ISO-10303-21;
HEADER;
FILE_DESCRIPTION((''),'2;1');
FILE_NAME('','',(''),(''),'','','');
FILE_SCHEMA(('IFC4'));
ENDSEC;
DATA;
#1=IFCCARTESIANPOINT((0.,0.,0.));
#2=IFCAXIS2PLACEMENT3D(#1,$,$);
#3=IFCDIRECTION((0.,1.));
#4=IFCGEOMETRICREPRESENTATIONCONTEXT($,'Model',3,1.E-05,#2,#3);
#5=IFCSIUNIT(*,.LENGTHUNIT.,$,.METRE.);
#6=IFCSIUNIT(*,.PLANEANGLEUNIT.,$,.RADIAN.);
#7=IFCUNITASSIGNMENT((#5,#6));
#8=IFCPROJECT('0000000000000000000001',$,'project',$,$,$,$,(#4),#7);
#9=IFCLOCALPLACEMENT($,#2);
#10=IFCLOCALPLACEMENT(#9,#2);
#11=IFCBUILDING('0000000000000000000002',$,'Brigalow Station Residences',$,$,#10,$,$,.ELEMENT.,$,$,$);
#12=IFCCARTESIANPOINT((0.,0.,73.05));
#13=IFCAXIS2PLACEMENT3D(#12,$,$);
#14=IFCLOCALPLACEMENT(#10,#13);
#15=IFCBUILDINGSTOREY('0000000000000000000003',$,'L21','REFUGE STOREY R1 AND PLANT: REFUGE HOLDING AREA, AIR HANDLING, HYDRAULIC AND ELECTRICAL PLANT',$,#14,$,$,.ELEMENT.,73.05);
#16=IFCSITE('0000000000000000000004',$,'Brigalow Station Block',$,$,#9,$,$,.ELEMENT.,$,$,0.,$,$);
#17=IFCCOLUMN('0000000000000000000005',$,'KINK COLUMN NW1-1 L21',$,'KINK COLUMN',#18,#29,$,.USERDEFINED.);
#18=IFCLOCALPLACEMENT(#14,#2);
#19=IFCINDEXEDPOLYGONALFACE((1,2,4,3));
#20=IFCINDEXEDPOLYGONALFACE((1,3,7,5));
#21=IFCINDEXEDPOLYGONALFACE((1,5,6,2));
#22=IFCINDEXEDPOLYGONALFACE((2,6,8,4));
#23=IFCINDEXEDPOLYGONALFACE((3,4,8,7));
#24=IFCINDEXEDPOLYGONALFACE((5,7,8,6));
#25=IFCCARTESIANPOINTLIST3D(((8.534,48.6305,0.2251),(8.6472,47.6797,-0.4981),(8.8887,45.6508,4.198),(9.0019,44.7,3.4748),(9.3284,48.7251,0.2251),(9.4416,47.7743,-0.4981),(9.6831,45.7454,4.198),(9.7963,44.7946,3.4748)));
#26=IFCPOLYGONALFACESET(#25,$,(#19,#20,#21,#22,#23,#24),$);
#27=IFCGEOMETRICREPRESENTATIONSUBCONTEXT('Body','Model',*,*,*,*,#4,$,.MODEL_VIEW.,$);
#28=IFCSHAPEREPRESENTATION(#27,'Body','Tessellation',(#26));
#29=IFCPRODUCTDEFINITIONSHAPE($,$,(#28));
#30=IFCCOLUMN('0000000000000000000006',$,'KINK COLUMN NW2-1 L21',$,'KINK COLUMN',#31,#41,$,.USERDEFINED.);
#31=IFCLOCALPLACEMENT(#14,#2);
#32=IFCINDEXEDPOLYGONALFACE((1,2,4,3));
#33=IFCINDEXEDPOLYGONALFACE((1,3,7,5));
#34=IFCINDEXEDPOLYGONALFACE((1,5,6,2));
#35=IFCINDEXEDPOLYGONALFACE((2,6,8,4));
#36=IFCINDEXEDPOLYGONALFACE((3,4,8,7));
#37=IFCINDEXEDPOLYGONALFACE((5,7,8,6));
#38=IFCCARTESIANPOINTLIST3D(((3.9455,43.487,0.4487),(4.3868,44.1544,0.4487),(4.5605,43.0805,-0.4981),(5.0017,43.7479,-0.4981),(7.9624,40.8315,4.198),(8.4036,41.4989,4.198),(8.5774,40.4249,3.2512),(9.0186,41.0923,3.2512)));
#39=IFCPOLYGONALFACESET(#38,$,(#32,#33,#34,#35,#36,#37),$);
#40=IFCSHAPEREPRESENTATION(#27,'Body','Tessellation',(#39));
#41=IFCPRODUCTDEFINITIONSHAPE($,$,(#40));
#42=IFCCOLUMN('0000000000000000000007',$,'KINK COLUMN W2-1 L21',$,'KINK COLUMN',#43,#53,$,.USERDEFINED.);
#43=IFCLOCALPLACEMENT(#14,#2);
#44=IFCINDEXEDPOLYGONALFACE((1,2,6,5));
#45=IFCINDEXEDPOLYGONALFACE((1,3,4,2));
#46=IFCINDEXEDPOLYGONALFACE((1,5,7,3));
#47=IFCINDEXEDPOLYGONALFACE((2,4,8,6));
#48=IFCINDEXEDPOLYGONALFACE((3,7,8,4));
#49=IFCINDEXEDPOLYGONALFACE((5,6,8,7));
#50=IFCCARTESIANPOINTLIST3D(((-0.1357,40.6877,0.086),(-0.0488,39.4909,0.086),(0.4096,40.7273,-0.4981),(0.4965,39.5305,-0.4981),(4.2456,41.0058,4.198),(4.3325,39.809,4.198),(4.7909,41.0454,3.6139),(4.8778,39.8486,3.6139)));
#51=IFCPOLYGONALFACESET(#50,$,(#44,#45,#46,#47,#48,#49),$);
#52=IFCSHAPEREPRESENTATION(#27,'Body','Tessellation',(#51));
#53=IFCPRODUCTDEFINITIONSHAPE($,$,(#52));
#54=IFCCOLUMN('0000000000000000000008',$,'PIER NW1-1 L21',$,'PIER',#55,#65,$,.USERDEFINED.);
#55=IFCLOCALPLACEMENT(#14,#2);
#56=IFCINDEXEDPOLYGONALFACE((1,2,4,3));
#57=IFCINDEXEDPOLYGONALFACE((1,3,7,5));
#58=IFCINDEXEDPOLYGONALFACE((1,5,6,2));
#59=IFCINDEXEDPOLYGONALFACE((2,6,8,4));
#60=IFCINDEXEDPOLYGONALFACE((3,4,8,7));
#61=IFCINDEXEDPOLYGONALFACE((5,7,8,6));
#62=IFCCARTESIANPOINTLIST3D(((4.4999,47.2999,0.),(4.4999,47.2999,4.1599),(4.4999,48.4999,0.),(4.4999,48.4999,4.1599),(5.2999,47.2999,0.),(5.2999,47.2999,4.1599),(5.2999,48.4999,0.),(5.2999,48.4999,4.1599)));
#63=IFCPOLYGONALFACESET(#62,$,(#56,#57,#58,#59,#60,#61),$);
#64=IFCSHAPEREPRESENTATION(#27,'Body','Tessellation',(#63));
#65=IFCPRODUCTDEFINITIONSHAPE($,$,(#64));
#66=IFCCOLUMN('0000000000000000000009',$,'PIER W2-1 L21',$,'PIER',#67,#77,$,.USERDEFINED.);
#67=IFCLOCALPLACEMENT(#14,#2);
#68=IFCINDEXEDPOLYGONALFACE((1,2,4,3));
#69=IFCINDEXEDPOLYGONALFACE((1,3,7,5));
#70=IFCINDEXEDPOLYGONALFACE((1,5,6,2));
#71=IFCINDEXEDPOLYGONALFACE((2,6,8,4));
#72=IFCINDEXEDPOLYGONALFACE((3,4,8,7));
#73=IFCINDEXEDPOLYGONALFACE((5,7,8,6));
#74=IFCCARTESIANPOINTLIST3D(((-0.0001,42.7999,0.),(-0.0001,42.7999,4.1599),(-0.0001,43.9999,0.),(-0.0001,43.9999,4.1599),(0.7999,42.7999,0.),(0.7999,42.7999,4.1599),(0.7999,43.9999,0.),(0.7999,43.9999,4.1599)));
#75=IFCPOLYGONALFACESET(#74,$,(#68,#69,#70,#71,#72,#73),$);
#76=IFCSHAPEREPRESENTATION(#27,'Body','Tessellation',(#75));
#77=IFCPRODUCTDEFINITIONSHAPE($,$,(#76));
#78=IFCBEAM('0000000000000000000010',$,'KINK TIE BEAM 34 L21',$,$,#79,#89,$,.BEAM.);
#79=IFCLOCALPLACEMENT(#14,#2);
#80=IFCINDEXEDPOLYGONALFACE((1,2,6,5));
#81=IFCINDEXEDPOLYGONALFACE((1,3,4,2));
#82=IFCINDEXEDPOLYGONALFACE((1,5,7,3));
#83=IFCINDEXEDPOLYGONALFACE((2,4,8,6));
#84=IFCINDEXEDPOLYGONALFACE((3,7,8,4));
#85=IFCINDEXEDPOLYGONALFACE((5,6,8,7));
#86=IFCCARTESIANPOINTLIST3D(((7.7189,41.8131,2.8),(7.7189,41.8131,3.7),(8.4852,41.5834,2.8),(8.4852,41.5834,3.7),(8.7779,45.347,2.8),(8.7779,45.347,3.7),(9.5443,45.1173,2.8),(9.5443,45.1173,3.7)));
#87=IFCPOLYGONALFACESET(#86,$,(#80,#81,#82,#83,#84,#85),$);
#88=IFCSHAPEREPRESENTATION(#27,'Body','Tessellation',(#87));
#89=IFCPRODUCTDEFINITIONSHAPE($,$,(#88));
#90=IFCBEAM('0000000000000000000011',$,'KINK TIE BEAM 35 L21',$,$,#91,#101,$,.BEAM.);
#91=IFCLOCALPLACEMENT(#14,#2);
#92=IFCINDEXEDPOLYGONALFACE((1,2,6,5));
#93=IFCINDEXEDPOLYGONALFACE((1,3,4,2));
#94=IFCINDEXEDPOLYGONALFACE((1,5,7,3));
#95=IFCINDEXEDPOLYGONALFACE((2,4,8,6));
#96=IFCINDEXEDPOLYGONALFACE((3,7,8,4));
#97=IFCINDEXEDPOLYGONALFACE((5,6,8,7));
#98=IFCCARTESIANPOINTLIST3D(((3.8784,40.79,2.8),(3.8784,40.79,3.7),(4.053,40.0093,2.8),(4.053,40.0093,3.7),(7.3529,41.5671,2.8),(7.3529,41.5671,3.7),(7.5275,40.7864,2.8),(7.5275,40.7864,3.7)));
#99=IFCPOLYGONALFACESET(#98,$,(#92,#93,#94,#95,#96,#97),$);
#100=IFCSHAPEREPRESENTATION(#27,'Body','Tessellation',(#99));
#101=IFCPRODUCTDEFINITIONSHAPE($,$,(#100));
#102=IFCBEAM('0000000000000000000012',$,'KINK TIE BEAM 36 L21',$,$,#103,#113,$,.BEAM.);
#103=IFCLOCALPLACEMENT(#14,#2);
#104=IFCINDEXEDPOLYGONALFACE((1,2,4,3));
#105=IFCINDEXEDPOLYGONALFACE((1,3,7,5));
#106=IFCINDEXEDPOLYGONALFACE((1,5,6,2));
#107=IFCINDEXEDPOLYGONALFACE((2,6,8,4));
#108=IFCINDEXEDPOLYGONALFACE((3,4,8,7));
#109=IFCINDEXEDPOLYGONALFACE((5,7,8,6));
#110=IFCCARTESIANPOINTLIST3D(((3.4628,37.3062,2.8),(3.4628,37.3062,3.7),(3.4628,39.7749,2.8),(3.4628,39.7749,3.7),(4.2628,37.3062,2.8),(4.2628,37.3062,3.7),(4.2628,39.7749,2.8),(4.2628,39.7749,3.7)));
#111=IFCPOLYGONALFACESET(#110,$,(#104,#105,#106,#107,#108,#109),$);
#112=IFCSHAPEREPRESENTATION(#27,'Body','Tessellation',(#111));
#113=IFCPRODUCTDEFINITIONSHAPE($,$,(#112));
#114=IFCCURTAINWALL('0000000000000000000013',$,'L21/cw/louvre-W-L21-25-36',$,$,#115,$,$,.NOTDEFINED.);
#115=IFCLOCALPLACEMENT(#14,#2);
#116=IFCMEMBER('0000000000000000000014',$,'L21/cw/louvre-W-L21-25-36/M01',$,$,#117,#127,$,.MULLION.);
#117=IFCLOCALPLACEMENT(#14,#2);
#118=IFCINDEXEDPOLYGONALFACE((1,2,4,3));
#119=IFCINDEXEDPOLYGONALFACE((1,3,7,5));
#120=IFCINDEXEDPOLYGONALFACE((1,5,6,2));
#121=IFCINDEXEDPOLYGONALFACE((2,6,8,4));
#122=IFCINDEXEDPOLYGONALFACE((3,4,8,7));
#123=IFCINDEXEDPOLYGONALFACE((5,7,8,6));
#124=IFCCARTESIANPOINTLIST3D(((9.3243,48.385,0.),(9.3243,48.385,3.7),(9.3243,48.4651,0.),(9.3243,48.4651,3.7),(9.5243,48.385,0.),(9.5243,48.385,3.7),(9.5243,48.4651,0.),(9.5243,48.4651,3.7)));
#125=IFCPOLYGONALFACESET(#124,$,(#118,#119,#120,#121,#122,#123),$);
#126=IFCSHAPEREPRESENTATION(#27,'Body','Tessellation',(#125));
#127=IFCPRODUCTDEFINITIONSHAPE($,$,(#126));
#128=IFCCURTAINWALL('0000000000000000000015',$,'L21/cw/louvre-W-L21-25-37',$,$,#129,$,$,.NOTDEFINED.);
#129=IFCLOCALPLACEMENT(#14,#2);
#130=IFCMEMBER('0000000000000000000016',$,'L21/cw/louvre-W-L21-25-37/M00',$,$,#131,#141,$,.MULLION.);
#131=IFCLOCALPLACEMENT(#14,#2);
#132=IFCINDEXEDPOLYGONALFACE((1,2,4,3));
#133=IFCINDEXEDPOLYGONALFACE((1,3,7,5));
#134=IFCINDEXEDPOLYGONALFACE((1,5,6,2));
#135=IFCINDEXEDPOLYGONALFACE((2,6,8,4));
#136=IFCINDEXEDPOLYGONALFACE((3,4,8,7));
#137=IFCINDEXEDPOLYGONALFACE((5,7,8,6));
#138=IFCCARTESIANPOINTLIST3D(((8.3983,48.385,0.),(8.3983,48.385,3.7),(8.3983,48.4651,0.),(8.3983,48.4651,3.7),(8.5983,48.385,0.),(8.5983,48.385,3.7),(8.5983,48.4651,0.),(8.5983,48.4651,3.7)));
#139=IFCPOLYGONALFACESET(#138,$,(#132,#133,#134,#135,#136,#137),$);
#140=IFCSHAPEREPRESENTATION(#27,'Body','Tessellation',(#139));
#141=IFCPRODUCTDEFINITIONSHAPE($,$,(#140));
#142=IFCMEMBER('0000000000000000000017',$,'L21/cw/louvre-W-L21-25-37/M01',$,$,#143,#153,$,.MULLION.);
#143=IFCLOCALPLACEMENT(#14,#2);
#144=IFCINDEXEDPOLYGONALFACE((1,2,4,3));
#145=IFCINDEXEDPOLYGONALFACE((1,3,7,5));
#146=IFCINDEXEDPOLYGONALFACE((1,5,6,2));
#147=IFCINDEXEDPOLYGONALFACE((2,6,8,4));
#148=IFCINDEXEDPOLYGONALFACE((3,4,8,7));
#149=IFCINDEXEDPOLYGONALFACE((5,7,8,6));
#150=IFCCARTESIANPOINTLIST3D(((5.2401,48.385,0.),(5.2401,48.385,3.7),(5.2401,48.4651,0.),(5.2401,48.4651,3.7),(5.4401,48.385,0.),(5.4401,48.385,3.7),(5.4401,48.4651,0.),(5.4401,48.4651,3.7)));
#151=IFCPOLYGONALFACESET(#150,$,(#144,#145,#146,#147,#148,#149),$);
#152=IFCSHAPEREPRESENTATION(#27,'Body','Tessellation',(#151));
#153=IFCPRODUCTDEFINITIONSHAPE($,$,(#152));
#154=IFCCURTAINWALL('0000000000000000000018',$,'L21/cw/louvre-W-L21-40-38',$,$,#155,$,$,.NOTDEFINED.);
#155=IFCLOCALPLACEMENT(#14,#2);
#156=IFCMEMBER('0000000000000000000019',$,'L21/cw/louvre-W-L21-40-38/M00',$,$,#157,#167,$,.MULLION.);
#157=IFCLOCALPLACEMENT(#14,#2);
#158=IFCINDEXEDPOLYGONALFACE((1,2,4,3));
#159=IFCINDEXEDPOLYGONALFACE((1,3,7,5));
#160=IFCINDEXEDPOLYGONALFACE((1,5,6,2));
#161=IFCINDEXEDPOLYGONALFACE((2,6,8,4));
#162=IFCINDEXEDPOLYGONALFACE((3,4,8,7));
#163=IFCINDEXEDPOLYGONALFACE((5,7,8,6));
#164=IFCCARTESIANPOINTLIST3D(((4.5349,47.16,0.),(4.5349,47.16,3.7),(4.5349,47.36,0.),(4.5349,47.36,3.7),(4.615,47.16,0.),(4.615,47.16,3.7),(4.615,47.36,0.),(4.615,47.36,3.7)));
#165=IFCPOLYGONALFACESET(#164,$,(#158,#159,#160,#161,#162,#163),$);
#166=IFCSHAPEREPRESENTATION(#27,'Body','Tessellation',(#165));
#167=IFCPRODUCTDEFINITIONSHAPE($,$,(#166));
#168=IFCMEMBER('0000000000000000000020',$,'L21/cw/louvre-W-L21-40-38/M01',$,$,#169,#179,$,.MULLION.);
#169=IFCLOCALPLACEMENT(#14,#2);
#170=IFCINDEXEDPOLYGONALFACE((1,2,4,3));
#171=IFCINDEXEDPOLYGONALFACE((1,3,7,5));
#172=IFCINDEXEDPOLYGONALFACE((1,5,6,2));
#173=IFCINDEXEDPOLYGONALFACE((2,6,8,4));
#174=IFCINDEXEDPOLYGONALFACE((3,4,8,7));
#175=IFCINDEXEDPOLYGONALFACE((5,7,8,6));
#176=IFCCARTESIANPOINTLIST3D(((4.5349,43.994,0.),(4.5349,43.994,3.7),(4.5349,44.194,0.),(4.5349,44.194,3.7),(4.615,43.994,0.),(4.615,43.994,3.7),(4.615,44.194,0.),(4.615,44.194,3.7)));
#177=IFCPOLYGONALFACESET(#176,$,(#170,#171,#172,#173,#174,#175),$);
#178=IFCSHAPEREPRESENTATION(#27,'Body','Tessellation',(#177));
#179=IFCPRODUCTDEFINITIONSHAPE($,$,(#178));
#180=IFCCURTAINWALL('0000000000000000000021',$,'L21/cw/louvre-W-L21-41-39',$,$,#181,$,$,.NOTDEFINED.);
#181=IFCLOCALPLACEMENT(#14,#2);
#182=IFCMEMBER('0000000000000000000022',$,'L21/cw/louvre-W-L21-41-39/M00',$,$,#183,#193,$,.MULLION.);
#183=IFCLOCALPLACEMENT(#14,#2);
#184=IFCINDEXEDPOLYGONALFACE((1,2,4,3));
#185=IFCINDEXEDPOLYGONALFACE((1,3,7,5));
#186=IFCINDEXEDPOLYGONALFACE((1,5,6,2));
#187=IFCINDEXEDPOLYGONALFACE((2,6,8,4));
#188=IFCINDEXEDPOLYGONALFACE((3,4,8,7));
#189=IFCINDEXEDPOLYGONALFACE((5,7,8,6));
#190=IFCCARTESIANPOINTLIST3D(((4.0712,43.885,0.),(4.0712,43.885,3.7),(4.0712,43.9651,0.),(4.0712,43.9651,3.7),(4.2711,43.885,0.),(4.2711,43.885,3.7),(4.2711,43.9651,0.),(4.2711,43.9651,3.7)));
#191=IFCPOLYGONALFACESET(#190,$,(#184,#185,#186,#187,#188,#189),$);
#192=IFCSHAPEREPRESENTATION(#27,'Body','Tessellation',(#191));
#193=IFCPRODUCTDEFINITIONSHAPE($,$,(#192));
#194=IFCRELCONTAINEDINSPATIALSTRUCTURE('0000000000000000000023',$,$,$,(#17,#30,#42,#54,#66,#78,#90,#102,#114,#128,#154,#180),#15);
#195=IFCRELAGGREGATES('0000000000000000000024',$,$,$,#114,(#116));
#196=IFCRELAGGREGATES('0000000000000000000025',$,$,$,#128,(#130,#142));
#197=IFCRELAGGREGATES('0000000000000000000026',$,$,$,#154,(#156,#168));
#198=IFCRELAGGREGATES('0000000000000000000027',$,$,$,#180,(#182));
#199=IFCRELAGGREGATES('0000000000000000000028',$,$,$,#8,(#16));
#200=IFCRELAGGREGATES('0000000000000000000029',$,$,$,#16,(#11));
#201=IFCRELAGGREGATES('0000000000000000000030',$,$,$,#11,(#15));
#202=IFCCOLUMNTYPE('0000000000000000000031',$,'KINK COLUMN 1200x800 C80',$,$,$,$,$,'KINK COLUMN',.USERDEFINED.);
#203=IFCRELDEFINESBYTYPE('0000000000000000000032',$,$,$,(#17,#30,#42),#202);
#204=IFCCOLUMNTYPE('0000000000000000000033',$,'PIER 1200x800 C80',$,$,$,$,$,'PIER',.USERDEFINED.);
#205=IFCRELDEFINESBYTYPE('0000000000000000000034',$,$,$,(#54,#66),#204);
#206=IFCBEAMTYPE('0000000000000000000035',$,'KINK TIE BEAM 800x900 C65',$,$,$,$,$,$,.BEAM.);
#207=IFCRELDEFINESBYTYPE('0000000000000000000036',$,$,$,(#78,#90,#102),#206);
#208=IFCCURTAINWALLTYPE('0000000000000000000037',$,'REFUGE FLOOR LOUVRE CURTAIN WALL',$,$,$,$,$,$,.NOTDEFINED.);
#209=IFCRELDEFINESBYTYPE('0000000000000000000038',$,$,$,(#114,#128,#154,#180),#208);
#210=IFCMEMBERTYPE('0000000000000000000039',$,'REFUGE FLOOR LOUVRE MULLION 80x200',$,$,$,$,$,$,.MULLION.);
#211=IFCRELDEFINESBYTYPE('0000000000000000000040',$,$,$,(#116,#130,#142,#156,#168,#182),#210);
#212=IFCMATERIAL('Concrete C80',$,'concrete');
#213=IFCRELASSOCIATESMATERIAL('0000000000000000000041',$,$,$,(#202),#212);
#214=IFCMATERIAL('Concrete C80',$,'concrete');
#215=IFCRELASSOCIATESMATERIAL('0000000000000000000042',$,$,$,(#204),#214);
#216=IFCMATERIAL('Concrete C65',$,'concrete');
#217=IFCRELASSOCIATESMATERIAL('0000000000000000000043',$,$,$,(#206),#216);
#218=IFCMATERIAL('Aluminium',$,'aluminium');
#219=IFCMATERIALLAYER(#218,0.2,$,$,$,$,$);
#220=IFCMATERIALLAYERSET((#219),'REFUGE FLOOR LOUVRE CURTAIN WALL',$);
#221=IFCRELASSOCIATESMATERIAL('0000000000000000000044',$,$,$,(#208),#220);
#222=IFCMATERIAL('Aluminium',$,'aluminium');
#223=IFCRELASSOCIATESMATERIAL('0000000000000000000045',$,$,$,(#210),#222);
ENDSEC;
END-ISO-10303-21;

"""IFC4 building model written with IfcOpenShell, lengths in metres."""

from ifc_helpers import new_model, si_unit, direction, frame, origin, origin_2d, place, context, subcontext, project, spatial, rectangle, extrude, material, layer, layer_set, material_profile, profile_set, type_object, element, aggregate, save


model = new_model("IFC4")

# Units and contexts
model_context = context("Model", 3, precision=1e-05, world=origin(), true_north=direction((0.0, 1.0)))
body_context = subcontext(model_context, "Body", "Model", "MODEL_VIEW")
ifc_project = project(units=[si_unit("LENGTHUNIT", "METRE"), si_unit("PLANEANGLEUNIT", "RADIAN")], contexts=[model_context])

# Site, building, storey
site_placement = place(None, origin())
site = spatial("IfcSite", under=ifc_project, at=site_placement, Name="Brigalow Station Block", CompositionType="ELEMENT", RefElevation=0.0)
building_placement = place(site_placement, origin())
building = spatial("IfcBuilding", under=site, at=building_placement, Name="Brigalow Station Residences", CompositionType="ELEMENT")
storey_placement = place(building_placement, frame((0.0, 0.0, 73.05)))
storey = spatial("IfcBuildingStorey", under=building, at=storey_placement, Name="L21", Description="REFUGE STOREY R1 AND PLANT: REFUGE HOLDING AREA, AIR HANDLING, HYDRAULIC AND ELECTRICAL PLANT", CompositionType="ELEMENT", Elevation=73.05)

# Columns
ifc_material_1 = material(Name="Concrete C80", Category="concrete")
ifc_material_profile_1 = material_profile(ifc_material_1, rectangle(XDim=1.2, YDim=0.8, at=origin_2d()), Name="RC1200x800")
ifc_profile_set_1 = profile_set([ifc_material_profile_1], Name="Concrete C80")
column_type_1 = type_object("IfcColumnType", Name="KINK COLUMN 1200x800 C80", ElementType="KINK COLUMN", PredefinedType="USERDEFINED", material=ifc_profile_set_1)
column_1_placement = place(storey_placement, frame((8.9878, 48.2024, -0.1365), z_axis=(0.071249, -0.598483, 0.797961), x_axis=(-0.094331, 0.792366, 0.602709)))
element("IfcColumn", 1, at=column_1_placement, inside=storey, type_object=column_type_1, Name="KINK COLUMN NW1-1 L21", ObjectType="KINK COLUMN", PredefinedType="USERDEFINED", context=body_context, shape_type="SweptSolid", body=[
    extrude(rectangle(XDim=1.2, YDim=0.8, at=origin_2d()), origin(), (0.0, 0.0, 1.0), 4.9788),
])
column_2_placement = place(storey_placement, frame((4.4736, 43.6174, -0.0247), z_axis=(0.6582, -0.435133, 0.614355), x_axis=(-0.512488, 0.338803, 0.78903)))
element("IfcColumn", 2, at=column_2_placement, inside=storey, type_object=column_type_1, Name="KINK COLUMN NW2-1 L21", ObjectType="KINK COLUMN", PredefinedType="USERDEFINED", context=body_context, shape_type="SweptSolid", body=[
    extrude(rectangle(XDim=1.2, YDim=0.8, at=origin_2d()), origin(), (0.0, 0.0, 1.0), 6.1028),
])
column_3_placement = place(storey_placement, frame((0.1804, 40.1091, -0.2061), z_axis=(0.72814, 0.052868, 0.683387), x_axis=(-0.072416, 0.997375, 0.0)))
element("IfcColumn", 3, at=column_3_placement, inside=storey, type_object=column_type_1, Name="KINK COLUMN W2-1 L21", ObjectType="KINK COLUMN", PredefinedType="USERDEFINED", context=body_context, shape_type="SweptSolid", body=[
    extrude(rectangle(XDim=1.2, YDim=0.8, at=origin_2d()), origin(), (0.0, 0.0, 1.0), 6.0171),
])
ifc_material_2 = material(Name="Concrete C80", Category="concrete")
ifc_material_profile_2 = material_profile(ifc_material_2, rectangle(XDim=1.2, YDim=0.8, at=origin_2d()), Name="RC1200x800")
ifc_profile_set_2 = profile_set([ifc_material_profile_2], Name="Concrete C80")
column_type_2 = type_object("IfcColumnType", Name="PIER 1200x800 C80", ElementType="PIER", PredefinedType="USERDEFINED", material=ifc_profile_set_2)
for number, where, z_axis, x_axis, name in (
    (4, (4.8999, 47.8999, 0.0), (0.0, 0.0, 1.0), (0.0, -1.0, 0.0), "PIER NW1-1 L21"),
    (5, (0.3999, 43.3999, 0.0), (0.0, 0.0, 1.0), (0.0, -1.0, 0.0), "PIER W2-1 L21"),
):
    element("IfcColumn", number, at=place(storey_placement, frame(where, z_axis=z_axis, x_axis=x_axis)), inside=storey, type_object=column_type_2, Name=name, ObjectType="PIER", PredefinedType="USERDEFINED", context=body_context, shape_type="SweptSolid", body=[
        extrude(rectangle(XDim=1.2, YDim=0.8, at=origin_2d()), origin(), (0.0, 0.0, 1.0), 4.1599),
    ])

# Beams
ifc_material_3 = material(Name="Concrete C65", Category="concrete")
ifc_material_profile_3 = material_profile(ifc_material_3, rectangle(XDim=0.8, YDim=0.8999, at=origin_2d()), Name="RC800x900")
ifc_profile_set_3 = profile_set([ifc_material_profile_3], Name="Concrete C65")
beam_type = type_object("IfcBeamType", Name="KINK TIE BEAM 800x900 C65", PredefinedType="BEAM", material=ifc_profile_set_3)
beam_1_placement = place(storey_placement, frame((9.1611, 45.2322, 3.25), z_axis=(-0.287075, -0.957908, 0.0), x_axis=(0.957908, -0.287075, 0.0)))
element("IfcBeam", 6, at=beam_1_placement, inside=storey, type_object=beam_type, Name="KINK TIE BEAM 34 L21", PredefinedType="BEAM", context=body_context, shape_type="SweptSolid", body=[
    extrude(rectangle(XDim=0.8, YDim=0.8999, at=origin_2d()), origin(), (0.0, 0.0, 1.0), 3.6892),
])
beam_2_placement = place(storey_placement, frame((7.4402, 41.1768, 3.25), z_axis=(-0.975888, -0.218274, 0.0), x_axis=(0.218274, -0.975888, 0.0)))
element("IfcBeam", 7, at=beam_2_placement, inside=storey, type_object=beam_type, Name="KINK TIE BEAM 35 L21", PredefinedType="BEAM", context=body_context, shape_type="SweptSolid", body=[
    extrude(rectangle(XDim=0.8, YDim=0.8999, at=origin_2d()), origin(), (0.0, 0.0, 1.0), 3.5603),
])
beam_3_placement = place(storey_placement, frame((3.8628, 39.7749, 3.25), z_axis=(0.0, -1.0, 0.0), x_axis=(1.0, 0.0, 0.0)))
element("IfcBeam", 8, at=beam_3_placement, inside=storey, type_object=beam_type, Name="KINK TIE BEAM 36 L21", PredefinedType="BEAM", context=body_context, shape_type="SweptSolid", body=[
    extrude(rectangle(XDim=0.8, YDim=0.8999, at=origin_2d()), origin(), (0.0, 0.0, 1.0), 2.4688),
])

# Curtain wall, member
ifc_material_4 = material(Name="Aluminium", Category="aluminium")
ifc_layer_1 = layer(ifc_material_4, 0.2)
ifc_layer_set_1 = layer_set([ifc_layer_1], Name="REFUGE FLOOR LOUVRE CURTAIN WALL")
curtain_wall_type = type_object("IfcCurtainWallType", Name="REFUGE FLOOR LOUVRE CURTAIN WALL", PredefinedType="NOTDEFINED", material=ifc_layer_set_1)
curtain_wall_1_placement = place(storey_placement, origin())
curtain_wall_1 = element("IfcCurtainWall", 9, at=curtain_wall_1_placement, inside=storey, type_object=curtain_wall_type, Name="L21/cw/louvre-W-L21-25-36", PredefinedType="NOTDEFINED")
ifc_material_5 = material(Name="Aluminium", Category="aluminium")
ifc_material_profile_4 = material_profile(ifc_material_5, rectangle(XDim=0.0801, YDim=0.2, at=origin_2d()), Name="REFUGE FLOOR LOUVRE MULLION 80x200")
ifc_profile_set_4 = profile_set([ifc_material_profile_4], Name="Aluminium")
member_type_1 = type_object("IfcMemberType", Name="REFUGE FLOOR LOUVRE MULLION 80x200", PredefinedType="MULLION", material=ifc_profile_set_4)
member_1_placement = place(storey_placement, frame((9.4243, 48.425, 0.0), z_axis=(0.0, 0.0, 1.0), x_axis=(0.0, -1.0, 0.0)))
member_1 = element("IfcMember", 10, at=member_1_placement, type_object=member_type_1, Name="L21/cw/louvre-W-L21-25-36/M01", PredefinedType="MULLION", context=body_context, shape_type="SweptSolid", body=[
    extrude(rectangle(XDim=0.0801, YDim=0.2, at=origin_2d()), origin(), (0.0, 0.0, 1.0), 3.7),
])

# Curtain walls, members
curtain_wall_2_placement = place(storey_placement, origin())
curtain_wall_2 = element("IfcCurtainWall", 11, at=curtain_wall_2_placement, inside=storey, type_object=curtain_wall_type, Name="L21/cw/louvre-W-L21-25-37", PredefinedType="NOTDEFINED")
member_2_placement = place(storey_placement, frame((8.4983, 48.425, 0.0), z_axis=(0.0, 0.0, 1.0), x_axis=(0.0, -1.0, 0.0)))
member_2 = element("IfcMember", 12, at=member_2_placement, type_object=member_type_1, Name="L21/cw/louvre-W-L21-25-37/M00", PredefinedType="MULLION", context=body_context, shape_type="SweptSolid", body=[
    extrude(rectangle(XDim=0.0801, YDim=0.2, at=origin_2d()), origin(), (0.0, 0.0, 1.0), 3.7),
])
member_3_placement = place(storey_placement, frame((5.3401, 48.425, 0.0), z_axis=(0.0, 0.0, 1.0), x_axis=(0.0, -1.0, 0.0)))
member_3 = element("IfcMember", 13, at=member_3_placement, type_object=member_type_1, Name="L21/cw/louvre-W-L21-25-37/M01", PredefinedType="MULLION", context=body_context, shape_type="SweptSolid", body=[
    extrude(rectangle(XDim=0.0801, YDim=0.2, at=origin_2d()), origin(), (0.0, 0.0, 1.0), 3.7),
])
curtain_wall_3_placement = place(storey_placement, origin())
curtain_wall_3 = element("IfcCurtainWall", 14, at=curtain_wall_3_placement, inside=storey, type_object=curtain_wall_type, Name="L21/cw/louvre-W-L21-40-38", PredefinedType="NOTDEFINED")
member_4_placement = place(storey_placement, frame((4.575, 47.26, 0.0), z_axis=(0.0, 0.0, 1.0), x_axis=(1.0, 0.0, 0.0)))
member_4 = element("IfcMember", 15, at=member_4_placement, type_object=member_type_1, Name="L21/cw/louvre-W-L21-40-38/M00", PredefinedType="MULLION", context=body_context, shape_type="SweptSolid", body=[
    extrude(rectangle(XDim=0.0801, YDim=0.2, at=origin_2d()), origin(), (0.0, 0.0, 1.0), 3.7),
])
member_5_placement = place(storey_placement, frame((4.575, 44.094, 0.0), z_axis=(0.0, 0.0, 1.0), x_axis=(1.0, 0.0, 0.0)))
member_5 = element("IfcMember", 16, at=member_5_placement, type_object=member_type_1, Name="L21/cw/louvre-W-L21-40-38/M01", PredefinedType="MULLION", context=body_context, shape_type="SweptSolid", body=[
    extrude(rectangle(XDim=0.0801, YDim=0.2, at=origin_2d()), origin(), (0.0, 0.0, 1.0), 3.7),
])
curtain_wall_4_placement = place(storey_placement, origin())
curtain_wall_4 = element("IfcCurtainWall", 17, at=curtain_wall_4_placement, inside=storey, type_object=curtain_wall_type, Name="L21/cw/louvre-W-L21-41-39", PredefinedType="NOTDEFINED")
member_6_placement = place(storey_placement, frame((4.1711, 43.925, 0.0), z_axis=(0.0, 0.0, 1.0), x_axis=(0.0, -1.0, 0.0)))
member_6 = element("IfcMember", 18, at=member_6_placement, type_object=member_type_1, Name="L21/cw/louvre-W-L21-41-39/M00", PredefinedType="MULLION", context=body_context, shape_type="SweptSolid", body=[
    extrude(rectangle(XDim=0.0801, YDim=0.2, at=origin_2d()), origin(), (0.0, 0.0, 1.0), 3.7),
])

aggregate(curtain_wall_1, [member_1])
aggregate(curtain_wall_2, [member_2, member_3])
aggregate(curtain_wall_3, [member_4, member_5])
aggregate(curtain_wall_4, [member_6])

save(model, "model.ifc")
